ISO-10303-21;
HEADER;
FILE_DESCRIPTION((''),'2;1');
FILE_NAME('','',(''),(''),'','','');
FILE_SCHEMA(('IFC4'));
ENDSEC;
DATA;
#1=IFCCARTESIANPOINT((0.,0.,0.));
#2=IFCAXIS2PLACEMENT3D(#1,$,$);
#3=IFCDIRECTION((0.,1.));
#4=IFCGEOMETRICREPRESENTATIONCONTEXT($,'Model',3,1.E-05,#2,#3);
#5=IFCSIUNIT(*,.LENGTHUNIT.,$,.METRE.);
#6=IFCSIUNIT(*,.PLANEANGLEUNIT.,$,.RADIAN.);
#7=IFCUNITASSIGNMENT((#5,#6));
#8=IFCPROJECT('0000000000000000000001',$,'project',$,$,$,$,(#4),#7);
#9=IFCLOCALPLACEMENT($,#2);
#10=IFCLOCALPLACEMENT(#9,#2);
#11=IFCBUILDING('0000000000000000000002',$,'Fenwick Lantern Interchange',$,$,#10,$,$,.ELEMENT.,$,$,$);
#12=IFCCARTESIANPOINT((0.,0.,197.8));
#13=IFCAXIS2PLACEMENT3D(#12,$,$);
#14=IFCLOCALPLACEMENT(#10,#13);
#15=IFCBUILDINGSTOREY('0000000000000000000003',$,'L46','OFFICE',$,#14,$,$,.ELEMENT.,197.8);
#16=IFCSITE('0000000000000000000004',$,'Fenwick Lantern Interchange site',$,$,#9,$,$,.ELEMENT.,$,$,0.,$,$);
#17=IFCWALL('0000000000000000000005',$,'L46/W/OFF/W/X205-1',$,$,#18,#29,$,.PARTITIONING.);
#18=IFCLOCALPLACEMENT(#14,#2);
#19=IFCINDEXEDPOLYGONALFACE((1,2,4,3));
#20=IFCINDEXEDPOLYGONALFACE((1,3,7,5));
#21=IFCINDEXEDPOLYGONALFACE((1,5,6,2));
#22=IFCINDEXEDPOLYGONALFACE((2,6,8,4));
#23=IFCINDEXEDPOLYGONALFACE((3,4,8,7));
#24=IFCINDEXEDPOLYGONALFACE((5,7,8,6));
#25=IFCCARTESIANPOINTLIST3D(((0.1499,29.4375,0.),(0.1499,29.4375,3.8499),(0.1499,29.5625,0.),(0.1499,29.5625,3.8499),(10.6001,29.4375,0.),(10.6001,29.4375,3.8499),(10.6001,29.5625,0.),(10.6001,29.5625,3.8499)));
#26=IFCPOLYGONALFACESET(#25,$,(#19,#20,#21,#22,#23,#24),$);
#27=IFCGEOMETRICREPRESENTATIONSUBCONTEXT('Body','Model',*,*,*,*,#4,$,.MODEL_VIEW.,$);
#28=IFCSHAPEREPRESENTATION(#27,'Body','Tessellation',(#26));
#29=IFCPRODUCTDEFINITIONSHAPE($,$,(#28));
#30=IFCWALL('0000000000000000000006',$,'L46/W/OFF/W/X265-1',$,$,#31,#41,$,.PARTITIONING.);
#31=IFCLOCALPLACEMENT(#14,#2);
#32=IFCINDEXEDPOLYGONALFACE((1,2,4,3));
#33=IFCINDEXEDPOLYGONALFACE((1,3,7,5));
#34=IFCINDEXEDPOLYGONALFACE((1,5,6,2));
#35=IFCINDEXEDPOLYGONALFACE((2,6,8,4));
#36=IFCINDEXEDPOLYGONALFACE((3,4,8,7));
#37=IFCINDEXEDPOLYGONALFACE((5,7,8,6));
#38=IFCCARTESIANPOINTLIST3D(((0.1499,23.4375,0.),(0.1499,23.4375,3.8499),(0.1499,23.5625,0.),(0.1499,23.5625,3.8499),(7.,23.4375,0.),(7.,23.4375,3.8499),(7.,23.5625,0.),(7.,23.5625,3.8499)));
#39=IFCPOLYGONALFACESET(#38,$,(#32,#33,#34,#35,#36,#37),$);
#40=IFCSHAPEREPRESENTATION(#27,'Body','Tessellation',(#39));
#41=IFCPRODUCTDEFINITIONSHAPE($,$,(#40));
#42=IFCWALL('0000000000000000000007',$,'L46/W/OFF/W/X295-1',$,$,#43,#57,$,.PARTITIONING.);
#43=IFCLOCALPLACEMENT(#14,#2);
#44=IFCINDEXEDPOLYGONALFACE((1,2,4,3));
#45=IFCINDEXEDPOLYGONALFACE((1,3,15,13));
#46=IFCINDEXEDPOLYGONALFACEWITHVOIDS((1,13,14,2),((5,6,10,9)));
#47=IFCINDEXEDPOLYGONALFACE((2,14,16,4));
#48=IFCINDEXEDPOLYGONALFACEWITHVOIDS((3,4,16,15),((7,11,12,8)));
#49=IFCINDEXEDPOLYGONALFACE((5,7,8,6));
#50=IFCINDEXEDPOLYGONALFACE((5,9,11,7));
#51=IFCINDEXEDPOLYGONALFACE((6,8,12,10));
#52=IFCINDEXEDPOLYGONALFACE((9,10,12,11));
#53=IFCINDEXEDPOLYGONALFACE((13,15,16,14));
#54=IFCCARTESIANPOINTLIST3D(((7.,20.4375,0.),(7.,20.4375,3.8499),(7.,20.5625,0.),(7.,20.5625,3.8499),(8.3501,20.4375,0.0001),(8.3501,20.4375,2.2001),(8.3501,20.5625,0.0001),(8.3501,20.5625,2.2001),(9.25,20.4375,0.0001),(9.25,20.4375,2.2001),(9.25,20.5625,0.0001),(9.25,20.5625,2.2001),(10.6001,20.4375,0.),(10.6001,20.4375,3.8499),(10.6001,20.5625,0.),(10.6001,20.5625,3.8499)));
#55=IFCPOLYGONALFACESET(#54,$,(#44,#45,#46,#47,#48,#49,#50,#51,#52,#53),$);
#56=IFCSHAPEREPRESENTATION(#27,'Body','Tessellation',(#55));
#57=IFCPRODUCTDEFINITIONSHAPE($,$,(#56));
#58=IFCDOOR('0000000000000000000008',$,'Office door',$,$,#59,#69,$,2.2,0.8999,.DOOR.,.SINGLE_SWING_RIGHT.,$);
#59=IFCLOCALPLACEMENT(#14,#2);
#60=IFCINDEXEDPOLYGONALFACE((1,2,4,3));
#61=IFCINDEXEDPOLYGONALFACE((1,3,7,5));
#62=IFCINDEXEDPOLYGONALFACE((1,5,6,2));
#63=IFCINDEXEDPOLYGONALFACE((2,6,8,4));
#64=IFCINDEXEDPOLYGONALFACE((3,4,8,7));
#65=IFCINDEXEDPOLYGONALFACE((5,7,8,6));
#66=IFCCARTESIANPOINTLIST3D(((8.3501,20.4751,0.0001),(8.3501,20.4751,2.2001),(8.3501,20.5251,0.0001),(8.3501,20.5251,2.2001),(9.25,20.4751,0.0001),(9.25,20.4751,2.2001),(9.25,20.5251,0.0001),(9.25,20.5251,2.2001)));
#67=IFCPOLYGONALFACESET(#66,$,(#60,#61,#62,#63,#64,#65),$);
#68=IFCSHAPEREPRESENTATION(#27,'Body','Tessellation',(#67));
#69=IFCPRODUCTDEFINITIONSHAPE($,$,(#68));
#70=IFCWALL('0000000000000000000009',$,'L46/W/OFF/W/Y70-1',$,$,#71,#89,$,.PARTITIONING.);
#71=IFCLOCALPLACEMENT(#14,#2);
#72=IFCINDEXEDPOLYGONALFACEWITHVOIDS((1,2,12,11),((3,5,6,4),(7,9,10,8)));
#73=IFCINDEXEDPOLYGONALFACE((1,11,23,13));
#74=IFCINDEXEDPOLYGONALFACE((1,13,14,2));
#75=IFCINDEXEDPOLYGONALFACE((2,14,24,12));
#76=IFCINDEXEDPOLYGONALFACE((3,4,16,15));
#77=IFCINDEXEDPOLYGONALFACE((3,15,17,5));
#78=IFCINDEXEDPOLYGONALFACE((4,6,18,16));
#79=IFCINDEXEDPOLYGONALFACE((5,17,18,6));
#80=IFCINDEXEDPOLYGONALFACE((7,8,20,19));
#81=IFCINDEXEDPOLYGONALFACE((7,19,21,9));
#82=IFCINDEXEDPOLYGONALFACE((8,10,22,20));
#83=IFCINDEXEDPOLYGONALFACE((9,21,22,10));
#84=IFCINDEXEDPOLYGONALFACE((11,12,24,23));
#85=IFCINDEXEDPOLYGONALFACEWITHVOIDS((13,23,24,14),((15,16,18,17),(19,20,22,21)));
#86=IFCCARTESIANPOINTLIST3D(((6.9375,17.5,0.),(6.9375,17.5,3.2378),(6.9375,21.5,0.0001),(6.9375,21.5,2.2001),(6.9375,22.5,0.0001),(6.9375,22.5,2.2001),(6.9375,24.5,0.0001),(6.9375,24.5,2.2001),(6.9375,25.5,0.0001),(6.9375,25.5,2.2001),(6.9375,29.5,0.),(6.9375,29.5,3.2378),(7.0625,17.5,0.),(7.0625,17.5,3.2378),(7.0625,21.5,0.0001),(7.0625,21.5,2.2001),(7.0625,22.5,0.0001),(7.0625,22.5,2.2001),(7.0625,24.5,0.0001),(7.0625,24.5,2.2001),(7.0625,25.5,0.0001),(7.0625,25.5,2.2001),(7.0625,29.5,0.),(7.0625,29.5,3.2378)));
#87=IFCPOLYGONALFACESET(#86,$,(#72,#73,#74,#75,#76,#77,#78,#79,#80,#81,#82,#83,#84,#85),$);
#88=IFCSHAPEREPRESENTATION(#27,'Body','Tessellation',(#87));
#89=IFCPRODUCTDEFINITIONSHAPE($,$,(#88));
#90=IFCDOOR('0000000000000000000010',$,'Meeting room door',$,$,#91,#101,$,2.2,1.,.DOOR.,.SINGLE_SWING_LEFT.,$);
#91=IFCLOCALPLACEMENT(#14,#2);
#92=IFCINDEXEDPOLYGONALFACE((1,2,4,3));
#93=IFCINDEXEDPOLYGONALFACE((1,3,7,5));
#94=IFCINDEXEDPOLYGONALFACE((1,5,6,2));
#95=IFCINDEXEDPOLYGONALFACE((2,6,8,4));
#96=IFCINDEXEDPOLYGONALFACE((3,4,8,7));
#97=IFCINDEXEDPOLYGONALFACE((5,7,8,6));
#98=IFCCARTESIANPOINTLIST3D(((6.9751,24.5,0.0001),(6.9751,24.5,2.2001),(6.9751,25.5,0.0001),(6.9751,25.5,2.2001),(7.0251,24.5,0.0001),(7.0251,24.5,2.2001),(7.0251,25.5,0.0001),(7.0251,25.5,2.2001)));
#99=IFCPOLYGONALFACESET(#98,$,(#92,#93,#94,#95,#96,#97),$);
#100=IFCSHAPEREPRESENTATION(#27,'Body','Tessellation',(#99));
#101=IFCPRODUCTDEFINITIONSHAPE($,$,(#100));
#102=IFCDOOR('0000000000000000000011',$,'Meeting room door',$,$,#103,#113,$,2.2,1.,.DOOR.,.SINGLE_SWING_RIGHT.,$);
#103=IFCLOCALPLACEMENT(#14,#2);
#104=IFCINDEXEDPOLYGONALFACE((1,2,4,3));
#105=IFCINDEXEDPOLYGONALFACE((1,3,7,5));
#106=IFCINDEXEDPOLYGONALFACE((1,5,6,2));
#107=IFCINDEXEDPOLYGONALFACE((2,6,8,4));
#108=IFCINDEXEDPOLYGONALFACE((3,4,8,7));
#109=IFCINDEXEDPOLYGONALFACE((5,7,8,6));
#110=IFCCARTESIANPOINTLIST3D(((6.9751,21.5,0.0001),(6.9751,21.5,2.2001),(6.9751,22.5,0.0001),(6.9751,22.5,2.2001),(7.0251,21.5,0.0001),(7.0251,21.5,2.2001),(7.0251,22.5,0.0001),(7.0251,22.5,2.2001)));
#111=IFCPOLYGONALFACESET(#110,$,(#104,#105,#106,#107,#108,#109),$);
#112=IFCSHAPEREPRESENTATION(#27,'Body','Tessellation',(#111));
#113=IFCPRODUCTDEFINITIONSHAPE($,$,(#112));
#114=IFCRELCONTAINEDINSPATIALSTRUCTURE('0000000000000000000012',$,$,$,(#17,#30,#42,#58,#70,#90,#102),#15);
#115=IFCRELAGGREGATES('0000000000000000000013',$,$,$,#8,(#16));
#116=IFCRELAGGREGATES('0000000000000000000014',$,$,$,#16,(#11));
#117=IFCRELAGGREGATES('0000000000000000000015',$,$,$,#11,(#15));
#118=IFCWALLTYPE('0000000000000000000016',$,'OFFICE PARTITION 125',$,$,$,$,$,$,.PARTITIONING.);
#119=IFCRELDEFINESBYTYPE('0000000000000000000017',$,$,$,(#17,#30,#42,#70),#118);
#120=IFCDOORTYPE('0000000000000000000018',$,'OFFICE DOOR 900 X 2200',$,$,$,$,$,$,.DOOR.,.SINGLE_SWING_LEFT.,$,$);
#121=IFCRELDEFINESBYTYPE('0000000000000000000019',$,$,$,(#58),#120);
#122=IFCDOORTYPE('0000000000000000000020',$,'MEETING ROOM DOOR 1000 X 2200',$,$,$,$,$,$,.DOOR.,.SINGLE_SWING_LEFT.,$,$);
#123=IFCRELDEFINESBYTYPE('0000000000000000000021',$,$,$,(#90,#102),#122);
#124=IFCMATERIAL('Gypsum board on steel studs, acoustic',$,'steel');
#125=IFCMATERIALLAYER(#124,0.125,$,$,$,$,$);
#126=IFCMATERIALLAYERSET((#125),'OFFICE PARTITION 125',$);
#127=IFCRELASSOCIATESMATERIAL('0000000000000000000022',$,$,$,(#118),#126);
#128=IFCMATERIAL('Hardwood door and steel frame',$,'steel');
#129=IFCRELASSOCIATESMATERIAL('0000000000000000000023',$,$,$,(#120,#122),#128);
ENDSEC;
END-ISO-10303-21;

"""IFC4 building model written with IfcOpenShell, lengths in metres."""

from ifc_helpers import new_model, si_unit, direction, frame, frame_2d, origin, place, context, subcontext, project, spatial, rectangle, extrude, material, layer, layer_set, type_object, element, fill, save


model = new_model("IFC4")

# Units and contexts
model_context = context("Model", 3, precision=1e-05, world=origin(), true_north=direction((0.0, 1.0)))
body_context = subcontext(model_context, "Body", "Model", "MODEL_VIEW")
ifc_project = project(units=[si_unit("LENGTHUNIT", "METRE"), si_unit("PLANEANGLEUNIT", "RADIAN")], contexts=[model_context])

# Site, building, storey
site_placement = place(None, origin())
site = spatial("IfcSite", under=ifc_project, at=site_placement, Name="Fenwick Lantern Interchange site", CompositionType="ELEMENT", RefElevation=0.0)
building_placement = place(site_placement, origin())
building = spatial("IfcBuilding", under=site, at=building_placement, Name="Fenwick Lantern Interchange", CompositionType="ELEMENT")
storey_placement = place(building_placement, frame((0.0, 0.0, 197.8)))
storey = spatial("IfcBuildingStorey", under=building, at=storey_placement, Name="L46", Description="OFFICE", CompositionType="ELEMENT", Elevation=197.8)

# Shared definitions
ifc_material_1 = material(Name="Hardwood door and steel frame", Category="steel")

# Walls
ifc_material_2 = material(Name="Gypsum board on steel studs, acoustic", Category="steel")
ifc_layer_1 = layer(ifc_material_2, 0.125)
ifc_layer_set_1 = layer_set([ifc_layer_1], Name="OFFICE PARTITION 125")
wall_type_1 = type_object("IfcWallType", Name="OFFICE PARTITION 125", PredefinedType="PARTITIONING", material=ifc_layer_set_1)
wall_1_placement = place(storey_placement, frame((0.1499, 29.5, 0.0), z_axis=(0.0, 0.0, 1.0), x_axis=(1.0, 0.0, 0.0)))
element("IfcWall", 1, at=wall_1_placement, inside=storey, type_object=wall_type_1, Name="L46/W/OFF/W/X205-1", PredefinedType="PARTITIONING", context=body_context, shape_type="SweptSolid", body=[
    extrude(rectangle(XDim=10.4502, YDim=0.125, at=frame_2d((5.2251, 0.0))), origin(), (0.0, 0.0, 1.0), 3.8499),
])
wall_2_placement = place(storey_placement, frame((0.1499, 23.5, 0.0), z_axis=(0.0, 0.0, 1.0), x_axis=(1.0, 0.0, 0.0)))
element("IfcWall", 2, at=wall_2_placement, inside=storey, type_object=wall_type_1, Name="L46/W/OFF/W/X265-1", PredefinedType="PARTITIONING", context=body_context, shape_type="SweptSolid", body=[
    extrude(rectangle(XDim=6.8501, YDim=0.125, at=frame_2d((3.425, 0.0))), origin(), (0.0, 0.0, 1.0), 3.8499),
])

# Wall, opening, door
wall_3_placement = place(storey_placement, frame((7.0, 20.5, 0.0), z_axis=(0.0, 0.0, 1.0), x_axis=(1.0, 0.0, 0.0)))
wall_3 = element("IfcWall", 3, at=wall_3_placement, inside=storey, type_object=wall_type_1, Name="L46/W/OFF/W/X295-1", PredefinedType="PARTITIONING", context=body_context, shape_type="SweptSolid", body=[
    extrude(rectangle(XDim=3.6001, YDim=0.125, at=frame_2d((1.8, 0.0))), origin(), (0.0, 0.0, 1.0), 3.8499),
])
opening_1_placement = place(wall_3_placement, frame((1.3501, 0.0, 0.0)))
opening_1 = element("IfcOpeningElement", 4, at=opening_1_placement, cuts=wall_3, PredefinedType="OPENING", context=body_context, shape_type="SweptSolid", body=[
    extrude(rectangle(XDim=0.8999, YDim=2.2, at=frame_2d((0.45, 1.1001))), frame((0.0, 0.0725, 0.0), z_axis=(0.0, -1.0, 0.0), x_axis=(1.0, 0.0, 0.0)), (0.0, 0.0, 1.0), 0.145),
])
door_type_1 = type_object("IfcDoorType", Name="OFFICE DOOR 900 X 2200", OperationType="SINGLE_SWING_LEFT", PredefinedType="DOOR", material=ifc_material_1)
door_1_placement = place(opening_1_placement, frame((0.8999, 0.0, 0.0), z_axis=(0.0, 0.0, 1.0), x_axis=(-1.0, 0.0, 0.0)))
door_1 = element("IfcDoor", 5, at=door_1_placement, inside=storey, type_object=door_type_1, Name="Office door", OperationType="SINGLE_SWING_RIGHT", OverallHeight=2.2, OverallWidth=0.8999, PredefinedType="DOOR", context=body_context, shape_type="SweptSolid", body=[
    extrude(rectangle(XDim=0.8999, YDim=2.2, at=frame_2d((0.45, 1.1001))), frame((0.0, 0.0249, 0.0), z_axis=(0.0, -1.0, 0.0), x_axis=(1.0, 0.0, 0.0)), (0.0, 0.0, 1.0), 0.05),
])
fill(opening_1, door_1)

# Wall, openings, doors
wall_4_placement = place(storey_placement, frame((7.0, 29.5, 0.0), z_axis=(0.0, 0.0, 1.0), x_axis=(0.0, -1.0, 0.0)))
wall_4 = element("IfcWall", 6, at=wall_4_placement, inside=storey, type_object=wall_type_1, Name="L46/W/OFF/W/Y70-1", PredefinedType="PARTITIONING", context=body_context, shape_type="SweptSolid", body=[
    extrude(rectangle(XDim=12.0, YDim=0.125, at=frame_2d((6.0, 0.0))), origin(), (0.0, 0.0, 1.0), 3.2378),
])
opening_2_placement = place(wall_4_placement, frame((4.0, 0.0, 0.0)))
opening_2 = element("IfcOpeningElement", 7, at=opening_2_placement, cuts=wall_4, PredefinedType="OPENING", context=body_context, shape_type="SweptSolid", body=[
    extrude(rectangle(XDim=1.0, YDim=2.2, at=frame_2d((0.5, 1.1001))), frame((0.0, 0.0725, 0.0), z_axis=(0.0, -1.0, 0.0), x_axis=(1.0, 0.0, 0.0)), (0.0, 0.0, 1.0), 0.145),
])
opening_3_placement = place(wall_4_placement, frame((7.0, 0.0, 0.0)))
opening_3 = element("IfcOpeningElement", 8, at=opening_3_placement, cuts=wall_4, PredefinedType="OPENING", context=body_context, shape_type="SweptSolid", body=[
    extrude(rectangle(XDim=1.0, YDim=2.2, at=frame_2d((0.5, 1.1001))), frame((0.0, 0.0725, 0.0), z_axis=(0.0, -1.0, 0.0), x_axis=(1.0, 0.0, 0.0)), (0.0, 0.0, 1.0), 0.145),
])
door_type_2 = type_object("IfcDoorType", Name="MEETING ROOM DOOR 1000 X 2200", OperationType="SINGLE_SWING_LEFT", PredefinedType="DOOR", material=ifc_material_1)
door_2_placement = place(opening_2_placement, frame((1.0, 0.0, 0.0), z_axis=(0.0, 0.0, 1.0), x_axis=(-1.0, 0.0, 0.0)))
door_2 = element("IfcDoor", 9, at=door_2_placement, inside=storey, type_object=door_type_2, Name="Meeting room door", OperationType="SINGLE_SWING_LEFT", OverallHeight=2.2, OverallWidth=1.0, PredefinedType="DOOR", context=body_context, shape_type="SweptSolid", body=[
    extrude(rectangle(XDim=1.0, YDim=2.2, at=frame_2d((0.5, 1.1001))), frame((0.0, 0.0249, 0.0), z_axis=(0.0, -1.0, 0.0), x_axis=(1.0, 0.0, 0.0)), (0.0, 0.0, 1.0), 0.05),
])
fill(opening_2, door_2)
door_3_placement = place(opening_3_placement, frame((1.0, 0.0, 0.0), z_axis=(0.0, 0.0, 1.0), x_axis=(-1.0, 0.0, 0.0)))
door_3 = element("IfcDoor", 10, at=door_3_placement, inside=storey, type_object=door_type_2, Name="Meeting room door", OperationType="SINGLE_SWING_RIGHT", OverallHeight=2.2, OverallWidth=1.0, PredefinedType="DOOR", context=body_context, shape_type="SweptSolid", body=[
    extrude(rectangle(XDim=1.0, YDim=2.2, at=frame_2d((0.5, 1.1001))), frame((0.0, 0.0249, 0.0), z_axis=(0.0, -1.0, 0.0), x_axis=(1.0, 0.0, 0.0)), (0.0, 0.0, 1.0), 0.05),
])
fill(opening_3, door_3)

save(model, "model.ifc")
